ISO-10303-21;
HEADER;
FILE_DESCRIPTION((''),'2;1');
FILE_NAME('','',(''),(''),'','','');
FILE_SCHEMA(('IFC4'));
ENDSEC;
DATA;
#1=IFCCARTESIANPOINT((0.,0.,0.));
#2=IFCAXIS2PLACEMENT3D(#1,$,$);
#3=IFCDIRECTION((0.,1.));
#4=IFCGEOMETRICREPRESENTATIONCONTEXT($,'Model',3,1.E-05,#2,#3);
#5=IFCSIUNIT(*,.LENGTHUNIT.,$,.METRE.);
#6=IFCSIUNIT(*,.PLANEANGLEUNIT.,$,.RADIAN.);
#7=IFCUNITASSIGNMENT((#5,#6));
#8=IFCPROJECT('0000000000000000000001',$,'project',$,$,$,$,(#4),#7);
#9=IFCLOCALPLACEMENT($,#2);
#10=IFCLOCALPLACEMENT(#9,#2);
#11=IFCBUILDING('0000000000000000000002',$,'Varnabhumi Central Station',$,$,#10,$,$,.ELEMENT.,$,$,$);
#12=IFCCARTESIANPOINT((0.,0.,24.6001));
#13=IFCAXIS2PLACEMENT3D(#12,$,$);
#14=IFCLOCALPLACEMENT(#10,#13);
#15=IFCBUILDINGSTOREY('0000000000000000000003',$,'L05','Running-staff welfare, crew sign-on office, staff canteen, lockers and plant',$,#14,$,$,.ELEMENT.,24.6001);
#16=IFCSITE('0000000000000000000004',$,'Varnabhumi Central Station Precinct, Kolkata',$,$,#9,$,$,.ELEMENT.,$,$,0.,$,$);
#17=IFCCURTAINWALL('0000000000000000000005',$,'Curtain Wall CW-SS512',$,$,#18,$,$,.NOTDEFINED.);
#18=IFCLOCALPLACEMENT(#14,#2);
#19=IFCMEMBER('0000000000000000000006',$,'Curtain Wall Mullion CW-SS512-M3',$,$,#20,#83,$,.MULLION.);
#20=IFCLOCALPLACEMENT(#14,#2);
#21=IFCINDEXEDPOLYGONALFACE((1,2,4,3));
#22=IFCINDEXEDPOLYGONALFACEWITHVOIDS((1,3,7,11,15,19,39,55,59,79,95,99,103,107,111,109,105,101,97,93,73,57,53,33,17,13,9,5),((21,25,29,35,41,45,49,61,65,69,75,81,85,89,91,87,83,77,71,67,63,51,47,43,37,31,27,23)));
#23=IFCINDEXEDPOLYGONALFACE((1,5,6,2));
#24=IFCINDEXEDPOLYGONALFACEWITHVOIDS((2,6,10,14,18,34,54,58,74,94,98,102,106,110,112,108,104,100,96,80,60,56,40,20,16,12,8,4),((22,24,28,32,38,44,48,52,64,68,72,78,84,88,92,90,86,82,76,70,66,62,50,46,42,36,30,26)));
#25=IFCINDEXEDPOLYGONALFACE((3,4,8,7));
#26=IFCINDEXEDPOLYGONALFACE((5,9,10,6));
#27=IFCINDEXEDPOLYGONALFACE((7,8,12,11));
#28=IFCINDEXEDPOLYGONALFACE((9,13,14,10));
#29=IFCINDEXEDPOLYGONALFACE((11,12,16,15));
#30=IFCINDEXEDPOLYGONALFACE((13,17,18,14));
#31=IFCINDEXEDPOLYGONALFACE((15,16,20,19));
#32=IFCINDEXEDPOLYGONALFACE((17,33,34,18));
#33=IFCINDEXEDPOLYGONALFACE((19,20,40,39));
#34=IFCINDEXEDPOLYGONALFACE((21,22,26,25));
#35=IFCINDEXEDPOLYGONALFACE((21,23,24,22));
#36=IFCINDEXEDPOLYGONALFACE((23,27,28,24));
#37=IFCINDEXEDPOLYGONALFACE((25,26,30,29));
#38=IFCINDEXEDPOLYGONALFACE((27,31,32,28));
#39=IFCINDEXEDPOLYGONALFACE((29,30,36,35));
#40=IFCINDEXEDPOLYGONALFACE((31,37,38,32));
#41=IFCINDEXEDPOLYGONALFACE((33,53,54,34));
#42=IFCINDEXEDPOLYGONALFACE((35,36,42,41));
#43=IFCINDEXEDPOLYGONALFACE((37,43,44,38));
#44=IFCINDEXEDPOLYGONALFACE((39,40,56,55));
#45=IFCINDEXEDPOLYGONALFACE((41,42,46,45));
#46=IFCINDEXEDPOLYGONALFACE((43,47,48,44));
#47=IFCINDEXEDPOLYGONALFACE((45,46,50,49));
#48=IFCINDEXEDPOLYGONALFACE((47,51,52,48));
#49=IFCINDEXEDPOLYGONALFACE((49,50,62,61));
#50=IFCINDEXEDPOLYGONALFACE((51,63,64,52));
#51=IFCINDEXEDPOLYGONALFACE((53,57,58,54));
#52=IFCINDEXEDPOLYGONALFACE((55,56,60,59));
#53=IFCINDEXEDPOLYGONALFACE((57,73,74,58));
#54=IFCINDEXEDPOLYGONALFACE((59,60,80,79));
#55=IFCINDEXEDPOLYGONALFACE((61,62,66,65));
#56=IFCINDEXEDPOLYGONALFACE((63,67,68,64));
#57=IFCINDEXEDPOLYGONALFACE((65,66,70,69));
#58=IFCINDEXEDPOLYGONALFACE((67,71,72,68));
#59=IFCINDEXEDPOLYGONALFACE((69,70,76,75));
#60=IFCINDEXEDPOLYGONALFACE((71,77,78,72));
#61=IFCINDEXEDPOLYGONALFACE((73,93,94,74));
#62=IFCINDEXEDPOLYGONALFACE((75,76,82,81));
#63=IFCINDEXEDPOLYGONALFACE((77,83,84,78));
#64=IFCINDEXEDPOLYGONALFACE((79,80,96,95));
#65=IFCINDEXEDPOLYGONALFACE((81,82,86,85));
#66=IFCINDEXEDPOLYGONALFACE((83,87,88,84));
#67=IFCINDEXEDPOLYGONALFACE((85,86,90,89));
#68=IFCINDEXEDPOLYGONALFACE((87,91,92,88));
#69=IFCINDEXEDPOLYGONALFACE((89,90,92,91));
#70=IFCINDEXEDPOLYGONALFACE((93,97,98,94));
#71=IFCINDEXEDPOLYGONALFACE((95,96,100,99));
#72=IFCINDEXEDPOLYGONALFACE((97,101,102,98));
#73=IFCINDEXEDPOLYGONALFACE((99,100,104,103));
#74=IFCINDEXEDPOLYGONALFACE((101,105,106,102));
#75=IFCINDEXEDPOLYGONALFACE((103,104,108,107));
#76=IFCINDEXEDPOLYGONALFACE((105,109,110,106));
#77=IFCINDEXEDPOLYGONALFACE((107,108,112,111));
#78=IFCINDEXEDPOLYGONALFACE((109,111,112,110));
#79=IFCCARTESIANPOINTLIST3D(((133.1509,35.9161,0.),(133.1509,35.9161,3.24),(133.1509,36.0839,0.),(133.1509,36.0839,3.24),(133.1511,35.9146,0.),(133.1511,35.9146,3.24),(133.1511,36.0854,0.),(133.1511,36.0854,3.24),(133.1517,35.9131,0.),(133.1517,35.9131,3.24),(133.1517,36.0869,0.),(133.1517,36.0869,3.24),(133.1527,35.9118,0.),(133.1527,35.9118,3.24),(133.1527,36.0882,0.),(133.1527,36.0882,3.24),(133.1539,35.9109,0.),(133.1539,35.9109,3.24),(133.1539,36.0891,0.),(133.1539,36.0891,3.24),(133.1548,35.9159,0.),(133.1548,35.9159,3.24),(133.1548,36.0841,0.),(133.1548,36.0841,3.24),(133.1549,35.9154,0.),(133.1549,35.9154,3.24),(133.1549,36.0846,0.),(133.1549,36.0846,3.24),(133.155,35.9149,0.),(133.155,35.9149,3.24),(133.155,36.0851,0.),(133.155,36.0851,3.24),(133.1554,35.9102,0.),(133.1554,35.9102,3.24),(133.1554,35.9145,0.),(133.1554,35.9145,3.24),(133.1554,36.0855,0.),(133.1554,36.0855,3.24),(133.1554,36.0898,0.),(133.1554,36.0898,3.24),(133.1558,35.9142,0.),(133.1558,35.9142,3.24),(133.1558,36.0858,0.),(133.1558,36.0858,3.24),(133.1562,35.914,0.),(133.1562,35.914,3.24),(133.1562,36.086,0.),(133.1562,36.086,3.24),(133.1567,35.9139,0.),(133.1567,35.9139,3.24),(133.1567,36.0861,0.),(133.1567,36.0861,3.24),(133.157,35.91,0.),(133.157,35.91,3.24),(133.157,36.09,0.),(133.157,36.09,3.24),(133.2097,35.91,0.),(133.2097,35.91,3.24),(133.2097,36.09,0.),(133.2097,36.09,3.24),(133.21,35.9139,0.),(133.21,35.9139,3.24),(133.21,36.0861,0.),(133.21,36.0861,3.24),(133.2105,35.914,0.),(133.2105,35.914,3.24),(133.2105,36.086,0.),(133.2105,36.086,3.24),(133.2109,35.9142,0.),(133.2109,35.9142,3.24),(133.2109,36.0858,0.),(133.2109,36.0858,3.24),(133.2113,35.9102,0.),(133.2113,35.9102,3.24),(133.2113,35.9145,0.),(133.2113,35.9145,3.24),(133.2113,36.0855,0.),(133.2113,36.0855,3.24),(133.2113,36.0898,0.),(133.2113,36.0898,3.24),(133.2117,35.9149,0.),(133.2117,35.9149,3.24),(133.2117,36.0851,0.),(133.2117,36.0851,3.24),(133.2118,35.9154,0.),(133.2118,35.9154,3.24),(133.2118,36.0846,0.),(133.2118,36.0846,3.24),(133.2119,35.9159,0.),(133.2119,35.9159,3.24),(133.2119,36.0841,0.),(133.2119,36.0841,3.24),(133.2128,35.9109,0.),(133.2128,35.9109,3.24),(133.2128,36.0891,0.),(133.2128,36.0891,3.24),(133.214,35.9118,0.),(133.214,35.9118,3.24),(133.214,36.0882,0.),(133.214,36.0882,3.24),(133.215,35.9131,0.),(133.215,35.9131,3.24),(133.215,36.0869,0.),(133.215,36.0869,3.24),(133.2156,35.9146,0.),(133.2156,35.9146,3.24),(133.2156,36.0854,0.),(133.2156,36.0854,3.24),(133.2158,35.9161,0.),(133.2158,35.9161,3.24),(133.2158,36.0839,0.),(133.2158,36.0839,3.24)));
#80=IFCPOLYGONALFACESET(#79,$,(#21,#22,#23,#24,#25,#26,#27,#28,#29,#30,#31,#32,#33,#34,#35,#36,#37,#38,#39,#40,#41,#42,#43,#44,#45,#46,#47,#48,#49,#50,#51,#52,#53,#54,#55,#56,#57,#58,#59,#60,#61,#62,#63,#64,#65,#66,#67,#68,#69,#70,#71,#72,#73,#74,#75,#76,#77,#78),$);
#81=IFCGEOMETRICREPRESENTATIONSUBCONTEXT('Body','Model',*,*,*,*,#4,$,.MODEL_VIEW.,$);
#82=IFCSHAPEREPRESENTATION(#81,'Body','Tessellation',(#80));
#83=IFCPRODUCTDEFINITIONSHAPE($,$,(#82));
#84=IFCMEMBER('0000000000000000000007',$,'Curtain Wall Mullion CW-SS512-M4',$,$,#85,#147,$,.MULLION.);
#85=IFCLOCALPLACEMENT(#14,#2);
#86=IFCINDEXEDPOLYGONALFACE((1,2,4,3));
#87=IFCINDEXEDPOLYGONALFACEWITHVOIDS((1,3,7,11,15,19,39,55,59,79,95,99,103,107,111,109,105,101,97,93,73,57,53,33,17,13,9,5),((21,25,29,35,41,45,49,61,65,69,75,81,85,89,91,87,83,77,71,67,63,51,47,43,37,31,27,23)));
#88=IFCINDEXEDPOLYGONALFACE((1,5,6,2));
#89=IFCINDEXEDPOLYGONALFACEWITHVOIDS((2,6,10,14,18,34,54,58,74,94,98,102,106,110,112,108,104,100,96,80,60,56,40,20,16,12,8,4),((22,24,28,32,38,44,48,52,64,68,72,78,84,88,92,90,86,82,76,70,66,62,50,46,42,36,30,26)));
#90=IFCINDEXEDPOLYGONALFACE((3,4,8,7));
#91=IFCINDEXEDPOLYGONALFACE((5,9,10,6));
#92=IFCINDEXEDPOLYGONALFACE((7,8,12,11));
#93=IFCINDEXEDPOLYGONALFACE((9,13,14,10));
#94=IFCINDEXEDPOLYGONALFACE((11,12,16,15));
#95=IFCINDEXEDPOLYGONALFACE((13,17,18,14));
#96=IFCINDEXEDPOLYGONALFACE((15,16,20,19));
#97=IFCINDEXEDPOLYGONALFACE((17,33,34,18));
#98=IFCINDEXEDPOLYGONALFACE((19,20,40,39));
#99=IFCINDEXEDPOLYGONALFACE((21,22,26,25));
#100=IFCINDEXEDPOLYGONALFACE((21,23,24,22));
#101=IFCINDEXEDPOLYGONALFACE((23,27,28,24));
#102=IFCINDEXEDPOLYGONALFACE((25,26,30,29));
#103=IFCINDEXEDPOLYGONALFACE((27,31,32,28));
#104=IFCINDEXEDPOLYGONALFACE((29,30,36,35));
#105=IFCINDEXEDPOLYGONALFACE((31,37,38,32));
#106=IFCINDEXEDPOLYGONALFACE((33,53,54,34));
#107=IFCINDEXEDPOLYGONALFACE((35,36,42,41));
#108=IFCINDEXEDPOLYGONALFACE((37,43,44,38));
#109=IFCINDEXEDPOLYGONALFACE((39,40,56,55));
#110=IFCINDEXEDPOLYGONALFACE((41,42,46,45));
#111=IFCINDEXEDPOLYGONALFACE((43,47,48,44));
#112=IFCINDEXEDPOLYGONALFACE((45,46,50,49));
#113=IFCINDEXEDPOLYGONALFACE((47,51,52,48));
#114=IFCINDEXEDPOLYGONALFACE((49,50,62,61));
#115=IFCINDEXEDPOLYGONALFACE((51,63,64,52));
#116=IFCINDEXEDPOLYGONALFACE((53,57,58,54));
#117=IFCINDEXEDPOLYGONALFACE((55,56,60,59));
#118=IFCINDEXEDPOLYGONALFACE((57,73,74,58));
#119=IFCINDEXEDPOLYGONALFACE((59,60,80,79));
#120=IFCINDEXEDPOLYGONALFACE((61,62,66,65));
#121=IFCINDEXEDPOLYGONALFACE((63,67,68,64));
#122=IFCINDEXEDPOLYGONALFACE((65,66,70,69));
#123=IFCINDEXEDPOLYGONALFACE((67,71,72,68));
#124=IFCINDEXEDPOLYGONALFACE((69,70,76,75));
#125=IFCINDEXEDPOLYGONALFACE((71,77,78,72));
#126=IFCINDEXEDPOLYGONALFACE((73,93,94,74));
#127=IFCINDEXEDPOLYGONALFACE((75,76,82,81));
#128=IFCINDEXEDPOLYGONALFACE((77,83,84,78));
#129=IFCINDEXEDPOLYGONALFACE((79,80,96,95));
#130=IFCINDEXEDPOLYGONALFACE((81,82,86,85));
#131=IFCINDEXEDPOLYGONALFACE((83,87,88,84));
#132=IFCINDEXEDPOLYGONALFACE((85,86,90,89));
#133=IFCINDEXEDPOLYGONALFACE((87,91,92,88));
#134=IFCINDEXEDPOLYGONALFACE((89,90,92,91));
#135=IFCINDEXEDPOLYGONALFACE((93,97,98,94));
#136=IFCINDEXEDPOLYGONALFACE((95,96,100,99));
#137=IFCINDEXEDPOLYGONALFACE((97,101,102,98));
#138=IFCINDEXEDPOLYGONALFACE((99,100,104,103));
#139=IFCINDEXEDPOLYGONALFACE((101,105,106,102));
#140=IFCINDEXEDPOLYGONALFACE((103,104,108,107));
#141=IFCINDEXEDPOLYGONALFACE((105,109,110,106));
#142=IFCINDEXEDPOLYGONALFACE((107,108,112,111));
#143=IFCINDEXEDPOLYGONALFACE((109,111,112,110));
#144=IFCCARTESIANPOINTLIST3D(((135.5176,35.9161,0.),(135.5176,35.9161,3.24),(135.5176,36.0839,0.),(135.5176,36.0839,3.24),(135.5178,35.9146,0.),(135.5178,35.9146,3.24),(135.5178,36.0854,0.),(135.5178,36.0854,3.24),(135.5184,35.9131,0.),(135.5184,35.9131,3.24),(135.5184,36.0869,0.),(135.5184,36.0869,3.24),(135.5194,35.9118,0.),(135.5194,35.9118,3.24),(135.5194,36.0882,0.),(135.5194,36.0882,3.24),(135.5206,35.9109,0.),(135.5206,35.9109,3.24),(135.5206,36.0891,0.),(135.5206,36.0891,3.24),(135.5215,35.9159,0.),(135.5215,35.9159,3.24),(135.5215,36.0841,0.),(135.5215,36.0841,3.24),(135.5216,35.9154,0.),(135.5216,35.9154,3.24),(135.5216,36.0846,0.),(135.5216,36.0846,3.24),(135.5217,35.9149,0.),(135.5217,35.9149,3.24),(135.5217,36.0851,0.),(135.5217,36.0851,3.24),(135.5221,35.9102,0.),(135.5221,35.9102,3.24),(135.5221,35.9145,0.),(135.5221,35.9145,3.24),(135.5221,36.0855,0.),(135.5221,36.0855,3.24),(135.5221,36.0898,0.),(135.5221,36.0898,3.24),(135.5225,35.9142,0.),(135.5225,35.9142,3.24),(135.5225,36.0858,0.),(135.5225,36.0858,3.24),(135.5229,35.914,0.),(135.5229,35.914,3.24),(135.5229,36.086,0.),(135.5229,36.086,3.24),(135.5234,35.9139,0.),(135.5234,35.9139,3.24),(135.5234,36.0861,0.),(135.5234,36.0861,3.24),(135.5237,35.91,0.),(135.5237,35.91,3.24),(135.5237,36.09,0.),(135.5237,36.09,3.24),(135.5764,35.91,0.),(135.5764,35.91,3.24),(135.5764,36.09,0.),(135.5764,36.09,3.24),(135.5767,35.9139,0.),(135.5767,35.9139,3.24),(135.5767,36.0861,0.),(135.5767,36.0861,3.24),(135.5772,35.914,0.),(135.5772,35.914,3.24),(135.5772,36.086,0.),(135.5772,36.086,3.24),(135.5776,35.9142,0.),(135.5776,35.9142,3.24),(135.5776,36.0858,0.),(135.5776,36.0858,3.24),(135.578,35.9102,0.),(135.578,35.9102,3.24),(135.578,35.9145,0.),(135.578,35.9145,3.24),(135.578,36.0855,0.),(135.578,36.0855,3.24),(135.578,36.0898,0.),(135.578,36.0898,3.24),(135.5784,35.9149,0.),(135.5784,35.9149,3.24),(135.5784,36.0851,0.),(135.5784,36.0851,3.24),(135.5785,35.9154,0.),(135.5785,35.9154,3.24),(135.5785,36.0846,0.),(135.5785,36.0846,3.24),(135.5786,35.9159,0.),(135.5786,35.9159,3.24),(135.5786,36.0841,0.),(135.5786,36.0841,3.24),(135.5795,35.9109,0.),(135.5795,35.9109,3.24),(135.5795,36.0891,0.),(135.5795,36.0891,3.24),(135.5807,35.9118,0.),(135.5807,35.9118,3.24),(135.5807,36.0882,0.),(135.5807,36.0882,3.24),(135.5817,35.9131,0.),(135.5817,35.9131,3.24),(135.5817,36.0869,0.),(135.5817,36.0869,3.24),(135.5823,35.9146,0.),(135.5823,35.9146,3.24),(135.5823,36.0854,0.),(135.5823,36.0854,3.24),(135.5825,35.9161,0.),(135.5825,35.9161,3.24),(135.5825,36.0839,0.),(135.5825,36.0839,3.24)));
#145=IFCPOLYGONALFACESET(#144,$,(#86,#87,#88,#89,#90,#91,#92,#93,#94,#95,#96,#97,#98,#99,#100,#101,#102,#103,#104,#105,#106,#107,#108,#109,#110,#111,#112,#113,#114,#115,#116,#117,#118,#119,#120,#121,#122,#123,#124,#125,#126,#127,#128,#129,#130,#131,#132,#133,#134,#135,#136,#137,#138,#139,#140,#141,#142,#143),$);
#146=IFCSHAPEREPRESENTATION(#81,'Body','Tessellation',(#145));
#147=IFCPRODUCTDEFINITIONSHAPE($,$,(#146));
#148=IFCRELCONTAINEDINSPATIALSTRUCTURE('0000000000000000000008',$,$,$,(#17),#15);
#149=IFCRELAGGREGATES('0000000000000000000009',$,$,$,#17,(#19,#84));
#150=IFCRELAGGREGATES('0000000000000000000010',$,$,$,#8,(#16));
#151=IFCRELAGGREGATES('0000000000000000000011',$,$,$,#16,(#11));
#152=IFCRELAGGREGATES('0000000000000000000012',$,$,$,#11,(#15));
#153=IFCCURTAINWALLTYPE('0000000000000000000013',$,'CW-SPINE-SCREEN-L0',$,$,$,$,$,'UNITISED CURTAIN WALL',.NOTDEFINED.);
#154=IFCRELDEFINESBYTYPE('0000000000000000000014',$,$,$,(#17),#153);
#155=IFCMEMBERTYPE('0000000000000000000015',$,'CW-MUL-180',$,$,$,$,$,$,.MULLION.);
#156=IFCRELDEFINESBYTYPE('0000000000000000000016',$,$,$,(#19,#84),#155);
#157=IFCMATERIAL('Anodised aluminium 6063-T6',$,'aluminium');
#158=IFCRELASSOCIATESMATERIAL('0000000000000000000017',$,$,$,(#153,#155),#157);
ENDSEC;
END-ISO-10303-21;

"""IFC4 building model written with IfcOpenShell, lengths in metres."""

from ifc_helpers import new_model, si_unit, direction, frame, origin, origin_2d, place, context, subcontext, project, spatial, hollow_rectangle, extrude, material, material_profile, profile_set, type_object, element, aggregate, save


model = new_model("IFC4")

# Units and contexts
model_context = context("Model", 3, precision=1e-05, world=origin(), true_north=direction((0.0, 1.0)))
body_context = subcontext(model_context, "Body", "Model", "MODEL_VIEW")
ifc_project = project(units=[si_unit("LENGTHUNIT", "METRE"), si_unit("PLANEANGLEUNIT", "RADIAN")], contexts=[model_context])

# Site, building, storey
site_placement = place(None, origin())
site = spatial("IfcSite", under=ifc_project, at=site_placement, Name="Varnabhumi Central Station Precinct, Kolkata", CompositionType="ELEMENT", RefElevation=0.0)
building_placement = place(site_placement, origin())
building = spatial("IfcBuilding", under=site, at=building_placement, Name="Varnabhumi Central Station", CompositionType="ELEMENT")
storey_placement = place(building_placement, frame((0.0, 0.0, 24.6001)))
storey = spatial("IfcBuildingStorey", under=building, at=storey_placement, Name="L05", Description="Running-staff welfare, crew sign-on office, staff canteen, lockers and plant", CompositionType="ELEMENT", Elevation=24.6001)

# Curtain wall, members
ifc_material_1 = material(Name="Anodised aluminium 6063-T6", Category="aluminium")
curtain_wall_type = type_object("IfcCurtainWallType", Name="CW-SPINE-SCREEN-L0", ElementType="UNITISED CURTAIN WALL", PredefinedType="NOTDEFINED", material=ifc_material_1)
curtain_wall_placement = place(storey_placement, origin())
curtain_wall = element("IfcCurtainWall", 1, at=curtain_wall_placement, inside=storey, type_object=curtain_wall_type, Name="Curtain Wall CW-SS512", PredefinedType="NOTDEFINED")
ifc_material_profile_1 = material_profile(ifc_material_1, hollow_rectangle(XDim=0.0649, YDim=0.1799, WallThickness=0.0039, InnerFilletRadius=0.002, OuterFilletRadius=0.0061, at=origin_2d()), Name="Anodised aluminium 6063-T6", Category="aluminium")
ifc_profile_set_1 = profile_set([ifc_material_profile_1], Name="Anodised aluminium 6063-T6")
member_type_1 = type_object("IfcMemberType", Name="CW-MUL-180", PredefinedType="MULLION", material=ifc_profile_set_1)
member_1_placement = place(storey_placement, frame((133.1833, 36.0, 0.0), z_axis=(0.0, 0.0, 1.0), x_axis=(1.0, 0.0, 0.0)))
member_1 = element("IfcMember", 2, at=member_1_placement, type_object=member_type_1, Name="Curtain Wall Mullion CW-SS512-M3", PredefinedType="MULLION", context=body_context, shape_type="SweptSolid", body=[
    extrude(hollow_rectangle(XDim=0.0649, YDim=0.1799, WallThickness=0.0039, InnerFilletRadius=0.002, OuterFilletRadius=0.0061, at=origin_2d()), origin(), (0.0, 0.0, 1.0), 3.24),
])
member_2_placement = place(storey_placement, frame((135.55, 36.0, 0.0), z_axis=(0.0, 0.0, 1.0), x_axis=(1.0, 0.0, 0.0)))
member_2 = element("IfcMember", 3, at=member_2_placement, type_object=member_type_1, Name="Curtain Wall Mullion CW-SS512-M4", PredefinedType="MULLION", context=body_context, shape_type="SweptSolid", body=[
    extrude(hollow_rectangle(XDim=0.0649, YDim=0.1799, WallThickness=0.0039, InnerFilletRadius=0.002, OuterFilletRadius=0.0061, at=origin_2d()), origin(), (0.0, 0.0, 1.0), 3.24),
])

aggregate(curtain_wall, [member_1, member_2])

save(model, "model.ifc")
